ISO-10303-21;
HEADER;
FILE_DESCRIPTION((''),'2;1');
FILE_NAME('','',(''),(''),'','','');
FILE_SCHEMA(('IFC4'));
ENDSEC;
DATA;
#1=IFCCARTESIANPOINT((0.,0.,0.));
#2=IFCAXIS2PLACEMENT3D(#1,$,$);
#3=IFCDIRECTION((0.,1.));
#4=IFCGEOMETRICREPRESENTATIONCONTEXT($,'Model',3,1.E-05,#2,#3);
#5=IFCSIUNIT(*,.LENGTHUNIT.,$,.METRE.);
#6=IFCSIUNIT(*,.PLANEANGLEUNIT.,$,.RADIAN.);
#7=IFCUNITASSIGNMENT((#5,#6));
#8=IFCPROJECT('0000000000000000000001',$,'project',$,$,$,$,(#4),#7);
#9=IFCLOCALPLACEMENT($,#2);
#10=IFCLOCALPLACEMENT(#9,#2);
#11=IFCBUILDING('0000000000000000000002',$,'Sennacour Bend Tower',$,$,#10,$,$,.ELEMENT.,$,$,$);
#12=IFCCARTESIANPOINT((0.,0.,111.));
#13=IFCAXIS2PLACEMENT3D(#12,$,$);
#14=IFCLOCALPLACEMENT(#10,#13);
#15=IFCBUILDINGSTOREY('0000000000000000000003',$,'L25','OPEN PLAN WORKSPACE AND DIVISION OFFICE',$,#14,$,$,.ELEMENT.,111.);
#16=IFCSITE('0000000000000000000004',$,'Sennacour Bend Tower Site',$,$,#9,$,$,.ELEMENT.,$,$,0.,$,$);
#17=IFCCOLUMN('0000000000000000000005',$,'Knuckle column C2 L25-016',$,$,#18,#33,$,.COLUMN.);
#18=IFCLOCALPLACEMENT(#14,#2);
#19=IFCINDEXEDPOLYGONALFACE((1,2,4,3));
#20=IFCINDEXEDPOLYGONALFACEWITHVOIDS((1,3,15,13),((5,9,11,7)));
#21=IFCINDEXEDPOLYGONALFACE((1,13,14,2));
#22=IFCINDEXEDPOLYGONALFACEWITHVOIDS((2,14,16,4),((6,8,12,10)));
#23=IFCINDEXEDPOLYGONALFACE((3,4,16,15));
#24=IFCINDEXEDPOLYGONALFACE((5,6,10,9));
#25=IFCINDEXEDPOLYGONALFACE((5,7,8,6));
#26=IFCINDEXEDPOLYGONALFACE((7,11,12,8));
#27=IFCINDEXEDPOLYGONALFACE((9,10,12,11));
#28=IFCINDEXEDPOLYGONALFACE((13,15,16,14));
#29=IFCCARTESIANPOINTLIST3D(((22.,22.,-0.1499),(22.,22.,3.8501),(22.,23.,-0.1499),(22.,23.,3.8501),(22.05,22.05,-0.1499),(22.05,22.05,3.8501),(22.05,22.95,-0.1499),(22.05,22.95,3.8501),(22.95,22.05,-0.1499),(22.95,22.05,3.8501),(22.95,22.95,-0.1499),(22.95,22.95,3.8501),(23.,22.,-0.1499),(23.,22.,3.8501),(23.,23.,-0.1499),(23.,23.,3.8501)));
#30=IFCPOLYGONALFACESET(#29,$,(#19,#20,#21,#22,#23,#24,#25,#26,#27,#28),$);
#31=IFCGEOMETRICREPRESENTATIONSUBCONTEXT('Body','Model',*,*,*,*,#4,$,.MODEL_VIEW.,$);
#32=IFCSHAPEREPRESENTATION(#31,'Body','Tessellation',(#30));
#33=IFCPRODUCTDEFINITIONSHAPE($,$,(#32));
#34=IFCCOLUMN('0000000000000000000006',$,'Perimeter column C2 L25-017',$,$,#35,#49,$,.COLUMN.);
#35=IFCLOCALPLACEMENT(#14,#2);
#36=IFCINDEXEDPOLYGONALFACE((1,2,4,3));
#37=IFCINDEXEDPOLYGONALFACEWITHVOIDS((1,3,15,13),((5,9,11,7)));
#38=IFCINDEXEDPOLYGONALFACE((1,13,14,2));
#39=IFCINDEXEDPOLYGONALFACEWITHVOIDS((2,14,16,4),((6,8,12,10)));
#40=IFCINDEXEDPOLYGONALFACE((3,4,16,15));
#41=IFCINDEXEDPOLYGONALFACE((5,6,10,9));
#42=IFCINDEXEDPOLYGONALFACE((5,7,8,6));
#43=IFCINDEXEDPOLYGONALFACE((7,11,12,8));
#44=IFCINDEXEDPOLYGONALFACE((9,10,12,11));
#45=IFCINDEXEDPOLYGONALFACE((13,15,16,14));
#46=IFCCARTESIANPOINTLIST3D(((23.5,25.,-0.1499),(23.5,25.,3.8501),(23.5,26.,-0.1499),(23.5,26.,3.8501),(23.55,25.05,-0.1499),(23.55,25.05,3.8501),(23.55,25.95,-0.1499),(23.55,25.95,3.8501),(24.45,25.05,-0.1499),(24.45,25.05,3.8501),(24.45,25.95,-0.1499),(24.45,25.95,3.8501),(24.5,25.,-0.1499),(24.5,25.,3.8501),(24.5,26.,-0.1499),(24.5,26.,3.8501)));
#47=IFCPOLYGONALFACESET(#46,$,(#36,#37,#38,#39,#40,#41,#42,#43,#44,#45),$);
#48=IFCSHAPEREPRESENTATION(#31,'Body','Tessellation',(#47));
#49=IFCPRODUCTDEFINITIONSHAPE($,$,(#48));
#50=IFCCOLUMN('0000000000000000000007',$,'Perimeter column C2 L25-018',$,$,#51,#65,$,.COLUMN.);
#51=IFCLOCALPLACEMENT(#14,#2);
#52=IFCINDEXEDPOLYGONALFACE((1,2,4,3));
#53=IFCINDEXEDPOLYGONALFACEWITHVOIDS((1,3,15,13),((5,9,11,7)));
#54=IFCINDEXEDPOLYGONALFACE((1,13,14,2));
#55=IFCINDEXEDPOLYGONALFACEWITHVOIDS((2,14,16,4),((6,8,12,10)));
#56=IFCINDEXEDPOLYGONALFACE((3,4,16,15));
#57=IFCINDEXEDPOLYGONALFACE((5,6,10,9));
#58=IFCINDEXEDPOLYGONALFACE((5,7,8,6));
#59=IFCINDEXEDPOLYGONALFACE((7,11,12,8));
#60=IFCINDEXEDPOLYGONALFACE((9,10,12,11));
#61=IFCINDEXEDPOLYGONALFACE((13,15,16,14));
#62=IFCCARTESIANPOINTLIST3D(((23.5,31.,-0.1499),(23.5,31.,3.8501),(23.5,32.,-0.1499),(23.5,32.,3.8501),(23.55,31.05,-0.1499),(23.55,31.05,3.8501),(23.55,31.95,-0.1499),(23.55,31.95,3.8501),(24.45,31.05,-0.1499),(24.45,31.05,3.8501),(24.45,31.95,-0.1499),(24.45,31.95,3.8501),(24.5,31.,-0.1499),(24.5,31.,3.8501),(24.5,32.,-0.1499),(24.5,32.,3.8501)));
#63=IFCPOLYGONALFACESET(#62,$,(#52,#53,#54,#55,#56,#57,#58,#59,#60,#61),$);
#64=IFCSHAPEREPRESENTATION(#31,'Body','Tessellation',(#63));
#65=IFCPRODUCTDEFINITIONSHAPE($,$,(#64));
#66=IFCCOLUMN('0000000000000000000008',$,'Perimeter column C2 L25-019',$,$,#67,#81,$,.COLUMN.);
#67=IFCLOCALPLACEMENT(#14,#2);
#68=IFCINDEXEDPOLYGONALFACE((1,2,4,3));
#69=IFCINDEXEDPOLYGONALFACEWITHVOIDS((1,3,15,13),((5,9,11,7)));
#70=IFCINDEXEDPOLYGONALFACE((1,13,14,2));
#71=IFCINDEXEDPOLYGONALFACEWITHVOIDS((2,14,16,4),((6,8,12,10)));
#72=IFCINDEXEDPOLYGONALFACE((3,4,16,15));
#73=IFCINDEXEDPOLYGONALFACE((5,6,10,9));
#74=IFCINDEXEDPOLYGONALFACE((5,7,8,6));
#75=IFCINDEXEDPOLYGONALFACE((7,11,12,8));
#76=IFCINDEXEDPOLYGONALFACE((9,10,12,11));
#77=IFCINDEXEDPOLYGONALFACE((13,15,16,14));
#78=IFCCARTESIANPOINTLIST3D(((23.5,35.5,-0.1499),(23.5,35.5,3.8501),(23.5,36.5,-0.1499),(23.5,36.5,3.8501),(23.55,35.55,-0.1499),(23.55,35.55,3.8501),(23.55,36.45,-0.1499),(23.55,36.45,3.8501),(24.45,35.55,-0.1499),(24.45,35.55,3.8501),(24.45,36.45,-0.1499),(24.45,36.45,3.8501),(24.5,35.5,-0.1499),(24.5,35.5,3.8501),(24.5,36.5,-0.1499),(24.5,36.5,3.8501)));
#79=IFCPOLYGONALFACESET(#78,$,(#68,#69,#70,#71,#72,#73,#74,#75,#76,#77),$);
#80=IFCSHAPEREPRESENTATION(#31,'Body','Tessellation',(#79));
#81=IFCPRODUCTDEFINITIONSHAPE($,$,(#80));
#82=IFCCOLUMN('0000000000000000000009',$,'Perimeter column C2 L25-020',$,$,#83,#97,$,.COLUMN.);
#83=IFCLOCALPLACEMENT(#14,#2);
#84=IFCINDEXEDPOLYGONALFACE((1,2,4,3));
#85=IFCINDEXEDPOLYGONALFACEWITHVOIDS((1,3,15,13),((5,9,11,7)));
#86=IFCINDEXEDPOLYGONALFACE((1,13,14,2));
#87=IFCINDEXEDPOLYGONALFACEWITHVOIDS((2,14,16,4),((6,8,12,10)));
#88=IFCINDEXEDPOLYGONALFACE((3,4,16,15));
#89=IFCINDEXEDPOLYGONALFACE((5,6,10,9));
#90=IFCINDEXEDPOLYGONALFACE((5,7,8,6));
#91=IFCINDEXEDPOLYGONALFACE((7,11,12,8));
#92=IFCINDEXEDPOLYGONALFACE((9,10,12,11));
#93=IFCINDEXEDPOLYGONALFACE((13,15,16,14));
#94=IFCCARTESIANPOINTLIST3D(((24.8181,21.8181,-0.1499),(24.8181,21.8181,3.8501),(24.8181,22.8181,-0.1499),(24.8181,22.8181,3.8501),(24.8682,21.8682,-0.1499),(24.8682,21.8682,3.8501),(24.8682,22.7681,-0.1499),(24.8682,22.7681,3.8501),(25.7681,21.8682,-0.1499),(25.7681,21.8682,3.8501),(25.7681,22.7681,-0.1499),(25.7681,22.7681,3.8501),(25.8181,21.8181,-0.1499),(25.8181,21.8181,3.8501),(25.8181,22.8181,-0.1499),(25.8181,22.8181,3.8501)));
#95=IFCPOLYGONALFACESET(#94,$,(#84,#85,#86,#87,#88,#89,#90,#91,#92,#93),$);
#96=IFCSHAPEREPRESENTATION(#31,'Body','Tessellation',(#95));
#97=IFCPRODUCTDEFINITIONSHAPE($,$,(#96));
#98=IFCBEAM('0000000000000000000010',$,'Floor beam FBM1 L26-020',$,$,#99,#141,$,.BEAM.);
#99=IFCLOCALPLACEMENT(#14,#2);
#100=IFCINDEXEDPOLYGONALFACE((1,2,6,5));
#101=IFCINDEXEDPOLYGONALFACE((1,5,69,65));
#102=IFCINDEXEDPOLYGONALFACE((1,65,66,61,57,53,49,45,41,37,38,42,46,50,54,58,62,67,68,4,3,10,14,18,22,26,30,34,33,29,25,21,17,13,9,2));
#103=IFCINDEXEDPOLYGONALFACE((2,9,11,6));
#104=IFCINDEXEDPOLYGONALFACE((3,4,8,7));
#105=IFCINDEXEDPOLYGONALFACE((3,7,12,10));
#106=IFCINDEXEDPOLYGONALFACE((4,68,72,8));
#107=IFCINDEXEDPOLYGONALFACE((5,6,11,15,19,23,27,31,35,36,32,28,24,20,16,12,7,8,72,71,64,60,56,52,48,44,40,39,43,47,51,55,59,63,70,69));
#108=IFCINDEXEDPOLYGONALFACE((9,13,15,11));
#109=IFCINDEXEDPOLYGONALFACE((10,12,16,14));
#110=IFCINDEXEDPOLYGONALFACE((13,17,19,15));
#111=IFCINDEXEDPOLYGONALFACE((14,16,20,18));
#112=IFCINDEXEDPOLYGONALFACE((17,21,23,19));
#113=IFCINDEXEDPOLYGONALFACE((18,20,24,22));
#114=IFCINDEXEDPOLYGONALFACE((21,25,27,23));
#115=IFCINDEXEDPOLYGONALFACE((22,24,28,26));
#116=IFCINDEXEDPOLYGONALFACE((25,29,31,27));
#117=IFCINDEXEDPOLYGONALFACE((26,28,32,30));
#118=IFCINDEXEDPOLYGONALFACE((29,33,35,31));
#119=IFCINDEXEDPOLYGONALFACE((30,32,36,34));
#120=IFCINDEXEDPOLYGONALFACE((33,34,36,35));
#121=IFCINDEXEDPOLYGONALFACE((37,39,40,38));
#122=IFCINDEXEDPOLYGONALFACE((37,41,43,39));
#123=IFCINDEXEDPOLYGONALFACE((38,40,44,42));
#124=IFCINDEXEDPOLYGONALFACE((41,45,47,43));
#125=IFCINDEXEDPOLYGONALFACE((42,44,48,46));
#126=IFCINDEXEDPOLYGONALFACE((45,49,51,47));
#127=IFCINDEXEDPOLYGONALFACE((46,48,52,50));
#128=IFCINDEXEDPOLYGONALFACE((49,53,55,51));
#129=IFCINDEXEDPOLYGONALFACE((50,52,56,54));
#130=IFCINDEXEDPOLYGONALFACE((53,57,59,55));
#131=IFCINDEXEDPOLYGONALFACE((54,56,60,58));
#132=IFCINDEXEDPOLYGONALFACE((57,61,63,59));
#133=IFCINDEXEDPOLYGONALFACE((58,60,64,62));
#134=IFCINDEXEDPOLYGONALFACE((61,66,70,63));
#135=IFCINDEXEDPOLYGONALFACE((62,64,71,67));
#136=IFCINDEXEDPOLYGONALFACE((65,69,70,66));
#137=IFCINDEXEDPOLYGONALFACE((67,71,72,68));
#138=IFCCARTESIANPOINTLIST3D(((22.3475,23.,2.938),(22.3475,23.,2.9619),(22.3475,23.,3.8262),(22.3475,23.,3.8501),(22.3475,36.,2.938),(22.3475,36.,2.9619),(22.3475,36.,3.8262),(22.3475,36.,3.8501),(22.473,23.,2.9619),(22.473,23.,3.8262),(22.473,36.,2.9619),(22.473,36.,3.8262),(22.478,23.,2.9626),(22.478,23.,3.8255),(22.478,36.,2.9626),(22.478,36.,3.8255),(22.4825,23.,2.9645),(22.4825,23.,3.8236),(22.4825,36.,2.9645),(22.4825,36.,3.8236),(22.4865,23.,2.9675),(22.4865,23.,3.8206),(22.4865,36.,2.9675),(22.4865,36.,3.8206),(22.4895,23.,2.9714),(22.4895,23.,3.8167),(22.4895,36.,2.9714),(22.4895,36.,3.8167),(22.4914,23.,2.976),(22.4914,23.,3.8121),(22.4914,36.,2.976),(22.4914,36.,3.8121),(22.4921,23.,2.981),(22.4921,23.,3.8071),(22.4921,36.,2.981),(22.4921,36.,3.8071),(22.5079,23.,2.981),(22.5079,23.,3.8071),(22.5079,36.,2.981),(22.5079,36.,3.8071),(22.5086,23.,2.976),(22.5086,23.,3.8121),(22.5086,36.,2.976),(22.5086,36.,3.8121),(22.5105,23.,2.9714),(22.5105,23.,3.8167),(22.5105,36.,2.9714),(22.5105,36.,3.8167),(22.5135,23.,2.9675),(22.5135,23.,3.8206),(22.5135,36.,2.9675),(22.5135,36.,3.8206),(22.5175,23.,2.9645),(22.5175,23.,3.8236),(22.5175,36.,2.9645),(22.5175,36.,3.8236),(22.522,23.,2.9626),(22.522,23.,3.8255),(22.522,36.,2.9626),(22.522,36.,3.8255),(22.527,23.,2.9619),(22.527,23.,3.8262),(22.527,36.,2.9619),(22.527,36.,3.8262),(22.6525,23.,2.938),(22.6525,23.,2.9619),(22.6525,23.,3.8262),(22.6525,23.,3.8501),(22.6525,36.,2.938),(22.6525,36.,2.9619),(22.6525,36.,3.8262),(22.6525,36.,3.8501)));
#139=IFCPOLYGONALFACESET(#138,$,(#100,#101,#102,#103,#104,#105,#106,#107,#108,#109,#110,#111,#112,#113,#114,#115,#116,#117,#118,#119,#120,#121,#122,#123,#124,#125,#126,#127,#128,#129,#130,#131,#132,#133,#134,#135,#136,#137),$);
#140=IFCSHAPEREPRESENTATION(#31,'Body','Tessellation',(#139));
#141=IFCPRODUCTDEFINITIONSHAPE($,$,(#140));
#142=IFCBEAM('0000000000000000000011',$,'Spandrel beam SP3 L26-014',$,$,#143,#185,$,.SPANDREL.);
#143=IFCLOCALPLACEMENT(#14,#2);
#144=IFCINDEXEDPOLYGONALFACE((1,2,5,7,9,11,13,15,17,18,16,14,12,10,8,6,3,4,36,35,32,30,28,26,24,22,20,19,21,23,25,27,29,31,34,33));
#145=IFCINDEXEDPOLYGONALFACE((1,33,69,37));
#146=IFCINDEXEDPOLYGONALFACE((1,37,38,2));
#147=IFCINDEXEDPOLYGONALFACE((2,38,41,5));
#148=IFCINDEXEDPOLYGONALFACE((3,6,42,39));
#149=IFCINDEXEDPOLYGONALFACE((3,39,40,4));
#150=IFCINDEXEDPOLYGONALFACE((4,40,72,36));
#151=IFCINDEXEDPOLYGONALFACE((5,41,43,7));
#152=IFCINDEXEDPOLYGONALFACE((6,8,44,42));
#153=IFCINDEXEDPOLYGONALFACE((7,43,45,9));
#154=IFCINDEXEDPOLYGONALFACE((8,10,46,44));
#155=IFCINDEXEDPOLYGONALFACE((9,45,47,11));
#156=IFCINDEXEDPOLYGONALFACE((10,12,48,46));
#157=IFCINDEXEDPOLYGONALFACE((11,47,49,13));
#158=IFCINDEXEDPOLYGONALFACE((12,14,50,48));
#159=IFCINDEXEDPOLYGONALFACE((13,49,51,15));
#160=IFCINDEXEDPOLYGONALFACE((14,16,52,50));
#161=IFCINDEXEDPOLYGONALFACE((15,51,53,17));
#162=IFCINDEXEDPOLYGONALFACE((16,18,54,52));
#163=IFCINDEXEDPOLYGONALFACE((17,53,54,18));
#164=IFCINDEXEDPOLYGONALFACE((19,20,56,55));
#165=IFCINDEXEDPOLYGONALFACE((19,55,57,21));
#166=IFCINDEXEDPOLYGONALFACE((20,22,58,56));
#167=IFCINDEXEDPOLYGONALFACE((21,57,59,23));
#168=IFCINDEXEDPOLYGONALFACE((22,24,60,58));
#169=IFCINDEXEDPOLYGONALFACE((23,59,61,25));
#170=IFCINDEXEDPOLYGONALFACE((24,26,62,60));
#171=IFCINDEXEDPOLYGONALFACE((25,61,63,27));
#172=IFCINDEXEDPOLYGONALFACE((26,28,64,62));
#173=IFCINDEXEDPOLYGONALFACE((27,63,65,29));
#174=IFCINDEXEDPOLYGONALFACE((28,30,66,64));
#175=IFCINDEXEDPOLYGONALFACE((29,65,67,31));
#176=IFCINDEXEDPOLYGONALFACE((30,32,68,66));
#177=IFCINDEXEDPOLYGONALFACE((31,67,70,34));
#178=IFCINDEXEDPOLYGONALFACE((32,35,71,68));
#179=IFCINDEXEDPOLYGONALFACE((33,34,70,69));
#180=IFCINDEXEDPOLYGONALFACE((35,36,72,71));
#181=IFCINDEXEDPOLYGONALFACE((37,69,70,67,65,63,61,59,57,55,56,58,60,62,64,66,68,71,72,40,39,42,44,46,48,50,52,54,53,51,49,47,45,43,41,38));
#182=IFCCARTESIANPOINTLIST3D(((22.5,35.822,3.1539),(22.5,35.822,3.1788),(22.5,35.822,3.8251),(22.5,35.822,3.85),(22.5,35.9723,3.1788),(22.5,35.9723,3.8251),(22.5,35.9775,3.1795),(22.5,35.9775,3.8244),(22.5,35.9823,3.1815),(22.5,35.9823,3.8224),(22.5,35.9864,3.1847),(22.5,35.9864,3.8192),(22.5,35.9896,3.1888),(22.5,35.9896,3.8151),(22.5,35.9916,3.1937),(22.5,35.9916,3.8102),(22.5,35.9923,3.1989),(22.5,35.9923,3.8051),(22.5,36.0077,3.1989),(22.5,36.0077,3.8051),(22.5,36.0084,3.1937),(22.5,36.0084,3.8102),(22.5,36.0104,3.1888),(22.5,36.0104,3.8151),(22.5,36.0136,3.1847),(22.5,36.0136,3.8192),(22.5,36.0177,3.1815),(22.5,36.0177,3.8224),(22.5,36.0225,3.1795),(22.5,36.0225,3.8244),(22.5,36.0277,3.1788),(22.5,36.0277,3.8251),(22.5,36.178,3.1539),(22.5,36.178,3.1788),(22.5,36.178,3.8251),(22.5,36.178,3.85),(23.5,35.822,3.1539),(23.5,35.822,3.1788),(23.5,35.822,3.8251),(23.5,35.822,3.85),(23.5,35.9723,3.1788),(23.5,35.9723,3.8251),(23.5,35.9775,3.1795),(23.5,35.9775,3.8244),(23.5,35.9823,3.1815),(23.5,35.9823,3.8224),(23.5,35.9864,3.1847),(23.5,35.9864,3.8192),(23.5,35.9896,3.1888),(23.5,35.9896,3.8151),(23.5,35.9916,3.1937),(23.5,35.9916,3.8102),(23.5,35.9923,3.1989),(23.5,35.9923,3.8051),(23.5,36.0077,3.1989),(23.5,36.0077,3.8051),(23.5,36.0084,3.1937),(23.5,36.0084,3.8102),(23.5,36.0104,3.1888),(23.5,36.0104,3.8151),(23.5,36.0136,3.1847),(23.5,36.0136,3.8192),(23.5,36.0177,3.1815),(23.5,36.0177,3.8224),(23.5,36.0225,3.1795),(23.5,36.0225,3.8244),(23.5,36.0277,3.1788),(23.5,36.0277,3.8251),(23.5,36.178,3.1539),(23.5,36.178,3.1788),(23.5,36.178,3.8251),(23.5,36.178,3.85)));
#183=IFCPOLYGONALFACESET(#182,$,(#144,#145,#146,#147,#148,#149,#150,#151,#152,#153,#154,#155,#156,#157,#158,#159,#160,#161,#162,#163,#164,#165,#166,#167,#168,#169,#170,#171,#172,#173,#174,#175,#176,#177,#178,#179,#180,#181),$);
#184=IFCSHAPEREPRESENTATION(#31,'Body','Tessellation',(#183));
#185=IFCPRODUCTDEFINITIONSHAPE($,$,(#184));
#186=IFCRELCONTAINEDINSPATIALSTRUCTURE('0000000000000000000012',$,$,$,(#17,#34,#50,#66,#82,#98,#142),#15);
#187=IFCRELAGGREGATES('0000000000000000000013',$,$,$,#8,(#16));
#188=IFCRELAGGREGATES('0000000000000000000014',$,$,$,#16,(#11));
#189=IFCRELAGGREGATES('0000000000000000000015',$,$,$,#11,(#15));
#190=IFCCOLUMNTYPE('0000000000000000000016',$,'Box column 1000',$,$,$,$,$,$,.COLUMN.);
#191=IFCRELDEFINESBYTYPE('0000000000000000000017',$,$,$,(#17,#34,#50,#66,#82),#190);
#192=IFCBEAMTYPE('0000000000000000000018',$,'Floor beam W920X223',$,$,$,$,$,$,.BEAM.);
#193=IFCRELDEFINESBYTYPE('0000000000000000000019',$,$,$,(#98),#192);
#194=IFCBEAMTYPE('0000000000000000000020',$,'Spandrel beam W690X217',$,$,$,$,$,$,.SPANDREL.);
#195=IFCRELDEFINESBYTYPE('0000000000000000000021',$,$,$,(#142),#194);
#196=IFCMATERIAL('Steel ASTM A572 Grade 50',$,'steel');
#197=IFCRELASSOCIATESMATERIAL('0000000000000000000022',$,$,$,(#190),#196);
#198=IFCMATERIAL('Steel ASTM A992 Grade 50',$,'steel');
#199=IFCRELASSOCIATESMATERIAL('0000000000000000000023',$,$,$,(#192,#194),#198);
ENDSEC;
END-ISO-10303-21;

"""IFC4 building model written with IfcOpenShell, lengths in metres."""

from ifc_helpers import new_model, si_unit, direction, frame, origin, origin_2d, place, context, subcontext, project, spatial, hollow_rectangle, i_section, extrude, material, material_profile, profile_set, type_object, element, save


model = new_model("IFC4")

# Units and contexts
model_context = context("Model", 3, precision=1e-05, world=origin(), true_north=direction((0.0, 1.0)))
body_context = subcontext(model_context, "Body", "Model", "MODEL_VIEW")
ifc_project = project(units=[si_unit("LENGTHUNIT", "METRE"), si_unit("PLANEANGLEUNIT", "RADIAN")], contexts=[model_context])

# Site, building, storey
site_placement = place(None, origin())
site = spatial("IfcSite", under=ifc_project, at=site_placement, Name="Sennacour Bend Tower Site", CompositionType="ELEMENT", RefElevation=0.0)
building_placement = place(site_placement, origin())
building = spatial("IfcBuilding", under=site, at=building_placement, Name="Sennacour Bend Tower", CompositionType="ELEMENT")
storey_placement = place(building_placement, frame((0.0, 0.0, 111.0)))
storey = spatial("IfcBuildingStorey", under=building, at=storey_placement, Name="L25", Description="OPEN PLAN WORKSPACE AND DIVISION OFFICE", CompositionType="ELEMENT", Elevation=111.0)

# Columns
ifc_material_1 = material(Name="Steel ASTM A572 Grade 50", Category="steel")
ifc_material_profile_1 = material_profile(ifc_material_1, hollow_rectangle(XDim=1.0, YDim=1.0, WallThickness=0.05, at=origin_2d()), Name="Steel ASTM A572 Grade 50", Category="steel")
ifc_profile_set_1 = profile_set([ifc_material_profile_1], Name="Steel ASTM A572 Grade 50")
column_type = type_object("IfcColumnType", Name="Box column 1000", PredefinedType="COLUMN", material=ifc_profile_set_1)
for number, where, z_axis, x_axis, name in (
    (1, (22.5, 22.5, -0.1499), (0.0, 0.0, 1.0), (1.0, 0.0, 0.0), "Knuckle column C2 L25-016"),
    (2, (24.0, 25.5, -0.1499), (0.0, 0.0, 1.0), (1.0, 0.0, 0.0), "Perimeter column C2 L25-017"),
    (3, (24.0, 31.5, -0.1499), (0.0, 0.0, 1.0), (1.0, 0.0, 0.0), "Perimeter column C2 L25-018"),
    (4, (24.0, 36.0, -0.1499), (0.0, 0.0, 1.0), (1.0, 0.0, 0.0), "Perimeter column C2 L25-019"),
    (5, (25.3181, 22.3181, -0.1499), (0.0, 0.0, 1.0), (1.0, 0.0, 0.0), "Perimeter column C2 L25-020"),
):
    element("IfcColumn", number, at=place(storey_placement, frame(where, z_axis=z_axis, x_axis=x_axis)), inside=storey, type_object=column_type, Name=name, PredefinedType="COLUMN", context=body_context, shape_type="SweptSolid", body=[
        extrude(hollow_rectangle(XDim=1.0, YDim=1.0, WallThickness=0.05, at=origin_2d()), origin(), (0.0, 0.0, 1.0), 4.0),
    ])

# Beams
ifc_material_2 = material(Name="Steel ASTM A992 Grade 50", Category="steel")
ifc_material_profile_2 = material_profile(ifc_material_2, i_section(OverallWidth=0.3049, OverallDepth=0.9121, WebThickness=0.0159, FlangeThickness=0.0239, FilletRadius=0.019, at=origin_2d()), Name="Steel ASTM A992 Grade 50", Category="steel")
ifc_profile_set_2 = profile_set([ifc_material_profile_2], Name="Steel ASTM A992 Grade 50")
beam_type_1 = type_object("IfcBeamType", Name="Floor beam W920X223", PredefinedType="BEAM", material=ifc_profile_set_2)
beam_1_placement = place(storey_placement, frame((22.5, 23.0, 3.394), z_axis=(0.0, 1.0, 0.0), x_axis=(-1.0, 0.0, 0.0)))
element("IfcBeam", 6, at=beam_1_placement, inside=storey, type_object=beam_type_1, Name="Floor beam FBM1 L26-020", PredefinedType="BEAM", context=body_context, shape_type="SweptSolid", body=[
    extrude(i_section(OverallWidth=0.3049, OverallDepth=0.9121, WebThickness=0.0159, FlangeThickness=0.0239, FilletRadius=0.019, at=origin_2d()), origin(), (0.0, 0.0, 1.0), 13.0),
])
ifc_material_profile_3 = material_profile(ifc_material_2, i_section(OverallWidth=0.356, OverallDepth=0.696, WebThickness=0.0154, FlangeThickness=0.0249, FilletRadius=0.02, at=origin_2d()), Name="Steel ASTM A992 Grade 50", Category="steel")
ifc_profile_set_3 = profile_set([ifc_material_profile_3], Name="Steel ASTM A992 Grade 50")
beam_type_2 = type_object("IfcBeamType", Name="Spandrel beam W690X217", PredefinedType="SPANDREL", material=ifc_profile_set_3)
beam_2_placement = place(storey_placement, frame((22.5, 36.0, 3.502), z_axis=(1.0, 0.0, 0.0), x_axis=(0.0, 1.0, 0.0)))
element("IfcBeam", 7, at=beam_2_placement, inside=storey, type_object=beam_type_2, Name="Spandrel beam SP3 L26-014", PredefinedType="SPANDREL", context=body_context, shape_type="SweptSolid", body=[
    extrude(i_section(OverallWidth=0.356, OverallDepth=0.696, WebThickness=0.0154, FlangeThickness=0.0249, FilletRadius=0.02, at=origin_2d()), origin(), (0.0, 0.0, 1.0), 1.0),
])

save(model, "model.ifc")
